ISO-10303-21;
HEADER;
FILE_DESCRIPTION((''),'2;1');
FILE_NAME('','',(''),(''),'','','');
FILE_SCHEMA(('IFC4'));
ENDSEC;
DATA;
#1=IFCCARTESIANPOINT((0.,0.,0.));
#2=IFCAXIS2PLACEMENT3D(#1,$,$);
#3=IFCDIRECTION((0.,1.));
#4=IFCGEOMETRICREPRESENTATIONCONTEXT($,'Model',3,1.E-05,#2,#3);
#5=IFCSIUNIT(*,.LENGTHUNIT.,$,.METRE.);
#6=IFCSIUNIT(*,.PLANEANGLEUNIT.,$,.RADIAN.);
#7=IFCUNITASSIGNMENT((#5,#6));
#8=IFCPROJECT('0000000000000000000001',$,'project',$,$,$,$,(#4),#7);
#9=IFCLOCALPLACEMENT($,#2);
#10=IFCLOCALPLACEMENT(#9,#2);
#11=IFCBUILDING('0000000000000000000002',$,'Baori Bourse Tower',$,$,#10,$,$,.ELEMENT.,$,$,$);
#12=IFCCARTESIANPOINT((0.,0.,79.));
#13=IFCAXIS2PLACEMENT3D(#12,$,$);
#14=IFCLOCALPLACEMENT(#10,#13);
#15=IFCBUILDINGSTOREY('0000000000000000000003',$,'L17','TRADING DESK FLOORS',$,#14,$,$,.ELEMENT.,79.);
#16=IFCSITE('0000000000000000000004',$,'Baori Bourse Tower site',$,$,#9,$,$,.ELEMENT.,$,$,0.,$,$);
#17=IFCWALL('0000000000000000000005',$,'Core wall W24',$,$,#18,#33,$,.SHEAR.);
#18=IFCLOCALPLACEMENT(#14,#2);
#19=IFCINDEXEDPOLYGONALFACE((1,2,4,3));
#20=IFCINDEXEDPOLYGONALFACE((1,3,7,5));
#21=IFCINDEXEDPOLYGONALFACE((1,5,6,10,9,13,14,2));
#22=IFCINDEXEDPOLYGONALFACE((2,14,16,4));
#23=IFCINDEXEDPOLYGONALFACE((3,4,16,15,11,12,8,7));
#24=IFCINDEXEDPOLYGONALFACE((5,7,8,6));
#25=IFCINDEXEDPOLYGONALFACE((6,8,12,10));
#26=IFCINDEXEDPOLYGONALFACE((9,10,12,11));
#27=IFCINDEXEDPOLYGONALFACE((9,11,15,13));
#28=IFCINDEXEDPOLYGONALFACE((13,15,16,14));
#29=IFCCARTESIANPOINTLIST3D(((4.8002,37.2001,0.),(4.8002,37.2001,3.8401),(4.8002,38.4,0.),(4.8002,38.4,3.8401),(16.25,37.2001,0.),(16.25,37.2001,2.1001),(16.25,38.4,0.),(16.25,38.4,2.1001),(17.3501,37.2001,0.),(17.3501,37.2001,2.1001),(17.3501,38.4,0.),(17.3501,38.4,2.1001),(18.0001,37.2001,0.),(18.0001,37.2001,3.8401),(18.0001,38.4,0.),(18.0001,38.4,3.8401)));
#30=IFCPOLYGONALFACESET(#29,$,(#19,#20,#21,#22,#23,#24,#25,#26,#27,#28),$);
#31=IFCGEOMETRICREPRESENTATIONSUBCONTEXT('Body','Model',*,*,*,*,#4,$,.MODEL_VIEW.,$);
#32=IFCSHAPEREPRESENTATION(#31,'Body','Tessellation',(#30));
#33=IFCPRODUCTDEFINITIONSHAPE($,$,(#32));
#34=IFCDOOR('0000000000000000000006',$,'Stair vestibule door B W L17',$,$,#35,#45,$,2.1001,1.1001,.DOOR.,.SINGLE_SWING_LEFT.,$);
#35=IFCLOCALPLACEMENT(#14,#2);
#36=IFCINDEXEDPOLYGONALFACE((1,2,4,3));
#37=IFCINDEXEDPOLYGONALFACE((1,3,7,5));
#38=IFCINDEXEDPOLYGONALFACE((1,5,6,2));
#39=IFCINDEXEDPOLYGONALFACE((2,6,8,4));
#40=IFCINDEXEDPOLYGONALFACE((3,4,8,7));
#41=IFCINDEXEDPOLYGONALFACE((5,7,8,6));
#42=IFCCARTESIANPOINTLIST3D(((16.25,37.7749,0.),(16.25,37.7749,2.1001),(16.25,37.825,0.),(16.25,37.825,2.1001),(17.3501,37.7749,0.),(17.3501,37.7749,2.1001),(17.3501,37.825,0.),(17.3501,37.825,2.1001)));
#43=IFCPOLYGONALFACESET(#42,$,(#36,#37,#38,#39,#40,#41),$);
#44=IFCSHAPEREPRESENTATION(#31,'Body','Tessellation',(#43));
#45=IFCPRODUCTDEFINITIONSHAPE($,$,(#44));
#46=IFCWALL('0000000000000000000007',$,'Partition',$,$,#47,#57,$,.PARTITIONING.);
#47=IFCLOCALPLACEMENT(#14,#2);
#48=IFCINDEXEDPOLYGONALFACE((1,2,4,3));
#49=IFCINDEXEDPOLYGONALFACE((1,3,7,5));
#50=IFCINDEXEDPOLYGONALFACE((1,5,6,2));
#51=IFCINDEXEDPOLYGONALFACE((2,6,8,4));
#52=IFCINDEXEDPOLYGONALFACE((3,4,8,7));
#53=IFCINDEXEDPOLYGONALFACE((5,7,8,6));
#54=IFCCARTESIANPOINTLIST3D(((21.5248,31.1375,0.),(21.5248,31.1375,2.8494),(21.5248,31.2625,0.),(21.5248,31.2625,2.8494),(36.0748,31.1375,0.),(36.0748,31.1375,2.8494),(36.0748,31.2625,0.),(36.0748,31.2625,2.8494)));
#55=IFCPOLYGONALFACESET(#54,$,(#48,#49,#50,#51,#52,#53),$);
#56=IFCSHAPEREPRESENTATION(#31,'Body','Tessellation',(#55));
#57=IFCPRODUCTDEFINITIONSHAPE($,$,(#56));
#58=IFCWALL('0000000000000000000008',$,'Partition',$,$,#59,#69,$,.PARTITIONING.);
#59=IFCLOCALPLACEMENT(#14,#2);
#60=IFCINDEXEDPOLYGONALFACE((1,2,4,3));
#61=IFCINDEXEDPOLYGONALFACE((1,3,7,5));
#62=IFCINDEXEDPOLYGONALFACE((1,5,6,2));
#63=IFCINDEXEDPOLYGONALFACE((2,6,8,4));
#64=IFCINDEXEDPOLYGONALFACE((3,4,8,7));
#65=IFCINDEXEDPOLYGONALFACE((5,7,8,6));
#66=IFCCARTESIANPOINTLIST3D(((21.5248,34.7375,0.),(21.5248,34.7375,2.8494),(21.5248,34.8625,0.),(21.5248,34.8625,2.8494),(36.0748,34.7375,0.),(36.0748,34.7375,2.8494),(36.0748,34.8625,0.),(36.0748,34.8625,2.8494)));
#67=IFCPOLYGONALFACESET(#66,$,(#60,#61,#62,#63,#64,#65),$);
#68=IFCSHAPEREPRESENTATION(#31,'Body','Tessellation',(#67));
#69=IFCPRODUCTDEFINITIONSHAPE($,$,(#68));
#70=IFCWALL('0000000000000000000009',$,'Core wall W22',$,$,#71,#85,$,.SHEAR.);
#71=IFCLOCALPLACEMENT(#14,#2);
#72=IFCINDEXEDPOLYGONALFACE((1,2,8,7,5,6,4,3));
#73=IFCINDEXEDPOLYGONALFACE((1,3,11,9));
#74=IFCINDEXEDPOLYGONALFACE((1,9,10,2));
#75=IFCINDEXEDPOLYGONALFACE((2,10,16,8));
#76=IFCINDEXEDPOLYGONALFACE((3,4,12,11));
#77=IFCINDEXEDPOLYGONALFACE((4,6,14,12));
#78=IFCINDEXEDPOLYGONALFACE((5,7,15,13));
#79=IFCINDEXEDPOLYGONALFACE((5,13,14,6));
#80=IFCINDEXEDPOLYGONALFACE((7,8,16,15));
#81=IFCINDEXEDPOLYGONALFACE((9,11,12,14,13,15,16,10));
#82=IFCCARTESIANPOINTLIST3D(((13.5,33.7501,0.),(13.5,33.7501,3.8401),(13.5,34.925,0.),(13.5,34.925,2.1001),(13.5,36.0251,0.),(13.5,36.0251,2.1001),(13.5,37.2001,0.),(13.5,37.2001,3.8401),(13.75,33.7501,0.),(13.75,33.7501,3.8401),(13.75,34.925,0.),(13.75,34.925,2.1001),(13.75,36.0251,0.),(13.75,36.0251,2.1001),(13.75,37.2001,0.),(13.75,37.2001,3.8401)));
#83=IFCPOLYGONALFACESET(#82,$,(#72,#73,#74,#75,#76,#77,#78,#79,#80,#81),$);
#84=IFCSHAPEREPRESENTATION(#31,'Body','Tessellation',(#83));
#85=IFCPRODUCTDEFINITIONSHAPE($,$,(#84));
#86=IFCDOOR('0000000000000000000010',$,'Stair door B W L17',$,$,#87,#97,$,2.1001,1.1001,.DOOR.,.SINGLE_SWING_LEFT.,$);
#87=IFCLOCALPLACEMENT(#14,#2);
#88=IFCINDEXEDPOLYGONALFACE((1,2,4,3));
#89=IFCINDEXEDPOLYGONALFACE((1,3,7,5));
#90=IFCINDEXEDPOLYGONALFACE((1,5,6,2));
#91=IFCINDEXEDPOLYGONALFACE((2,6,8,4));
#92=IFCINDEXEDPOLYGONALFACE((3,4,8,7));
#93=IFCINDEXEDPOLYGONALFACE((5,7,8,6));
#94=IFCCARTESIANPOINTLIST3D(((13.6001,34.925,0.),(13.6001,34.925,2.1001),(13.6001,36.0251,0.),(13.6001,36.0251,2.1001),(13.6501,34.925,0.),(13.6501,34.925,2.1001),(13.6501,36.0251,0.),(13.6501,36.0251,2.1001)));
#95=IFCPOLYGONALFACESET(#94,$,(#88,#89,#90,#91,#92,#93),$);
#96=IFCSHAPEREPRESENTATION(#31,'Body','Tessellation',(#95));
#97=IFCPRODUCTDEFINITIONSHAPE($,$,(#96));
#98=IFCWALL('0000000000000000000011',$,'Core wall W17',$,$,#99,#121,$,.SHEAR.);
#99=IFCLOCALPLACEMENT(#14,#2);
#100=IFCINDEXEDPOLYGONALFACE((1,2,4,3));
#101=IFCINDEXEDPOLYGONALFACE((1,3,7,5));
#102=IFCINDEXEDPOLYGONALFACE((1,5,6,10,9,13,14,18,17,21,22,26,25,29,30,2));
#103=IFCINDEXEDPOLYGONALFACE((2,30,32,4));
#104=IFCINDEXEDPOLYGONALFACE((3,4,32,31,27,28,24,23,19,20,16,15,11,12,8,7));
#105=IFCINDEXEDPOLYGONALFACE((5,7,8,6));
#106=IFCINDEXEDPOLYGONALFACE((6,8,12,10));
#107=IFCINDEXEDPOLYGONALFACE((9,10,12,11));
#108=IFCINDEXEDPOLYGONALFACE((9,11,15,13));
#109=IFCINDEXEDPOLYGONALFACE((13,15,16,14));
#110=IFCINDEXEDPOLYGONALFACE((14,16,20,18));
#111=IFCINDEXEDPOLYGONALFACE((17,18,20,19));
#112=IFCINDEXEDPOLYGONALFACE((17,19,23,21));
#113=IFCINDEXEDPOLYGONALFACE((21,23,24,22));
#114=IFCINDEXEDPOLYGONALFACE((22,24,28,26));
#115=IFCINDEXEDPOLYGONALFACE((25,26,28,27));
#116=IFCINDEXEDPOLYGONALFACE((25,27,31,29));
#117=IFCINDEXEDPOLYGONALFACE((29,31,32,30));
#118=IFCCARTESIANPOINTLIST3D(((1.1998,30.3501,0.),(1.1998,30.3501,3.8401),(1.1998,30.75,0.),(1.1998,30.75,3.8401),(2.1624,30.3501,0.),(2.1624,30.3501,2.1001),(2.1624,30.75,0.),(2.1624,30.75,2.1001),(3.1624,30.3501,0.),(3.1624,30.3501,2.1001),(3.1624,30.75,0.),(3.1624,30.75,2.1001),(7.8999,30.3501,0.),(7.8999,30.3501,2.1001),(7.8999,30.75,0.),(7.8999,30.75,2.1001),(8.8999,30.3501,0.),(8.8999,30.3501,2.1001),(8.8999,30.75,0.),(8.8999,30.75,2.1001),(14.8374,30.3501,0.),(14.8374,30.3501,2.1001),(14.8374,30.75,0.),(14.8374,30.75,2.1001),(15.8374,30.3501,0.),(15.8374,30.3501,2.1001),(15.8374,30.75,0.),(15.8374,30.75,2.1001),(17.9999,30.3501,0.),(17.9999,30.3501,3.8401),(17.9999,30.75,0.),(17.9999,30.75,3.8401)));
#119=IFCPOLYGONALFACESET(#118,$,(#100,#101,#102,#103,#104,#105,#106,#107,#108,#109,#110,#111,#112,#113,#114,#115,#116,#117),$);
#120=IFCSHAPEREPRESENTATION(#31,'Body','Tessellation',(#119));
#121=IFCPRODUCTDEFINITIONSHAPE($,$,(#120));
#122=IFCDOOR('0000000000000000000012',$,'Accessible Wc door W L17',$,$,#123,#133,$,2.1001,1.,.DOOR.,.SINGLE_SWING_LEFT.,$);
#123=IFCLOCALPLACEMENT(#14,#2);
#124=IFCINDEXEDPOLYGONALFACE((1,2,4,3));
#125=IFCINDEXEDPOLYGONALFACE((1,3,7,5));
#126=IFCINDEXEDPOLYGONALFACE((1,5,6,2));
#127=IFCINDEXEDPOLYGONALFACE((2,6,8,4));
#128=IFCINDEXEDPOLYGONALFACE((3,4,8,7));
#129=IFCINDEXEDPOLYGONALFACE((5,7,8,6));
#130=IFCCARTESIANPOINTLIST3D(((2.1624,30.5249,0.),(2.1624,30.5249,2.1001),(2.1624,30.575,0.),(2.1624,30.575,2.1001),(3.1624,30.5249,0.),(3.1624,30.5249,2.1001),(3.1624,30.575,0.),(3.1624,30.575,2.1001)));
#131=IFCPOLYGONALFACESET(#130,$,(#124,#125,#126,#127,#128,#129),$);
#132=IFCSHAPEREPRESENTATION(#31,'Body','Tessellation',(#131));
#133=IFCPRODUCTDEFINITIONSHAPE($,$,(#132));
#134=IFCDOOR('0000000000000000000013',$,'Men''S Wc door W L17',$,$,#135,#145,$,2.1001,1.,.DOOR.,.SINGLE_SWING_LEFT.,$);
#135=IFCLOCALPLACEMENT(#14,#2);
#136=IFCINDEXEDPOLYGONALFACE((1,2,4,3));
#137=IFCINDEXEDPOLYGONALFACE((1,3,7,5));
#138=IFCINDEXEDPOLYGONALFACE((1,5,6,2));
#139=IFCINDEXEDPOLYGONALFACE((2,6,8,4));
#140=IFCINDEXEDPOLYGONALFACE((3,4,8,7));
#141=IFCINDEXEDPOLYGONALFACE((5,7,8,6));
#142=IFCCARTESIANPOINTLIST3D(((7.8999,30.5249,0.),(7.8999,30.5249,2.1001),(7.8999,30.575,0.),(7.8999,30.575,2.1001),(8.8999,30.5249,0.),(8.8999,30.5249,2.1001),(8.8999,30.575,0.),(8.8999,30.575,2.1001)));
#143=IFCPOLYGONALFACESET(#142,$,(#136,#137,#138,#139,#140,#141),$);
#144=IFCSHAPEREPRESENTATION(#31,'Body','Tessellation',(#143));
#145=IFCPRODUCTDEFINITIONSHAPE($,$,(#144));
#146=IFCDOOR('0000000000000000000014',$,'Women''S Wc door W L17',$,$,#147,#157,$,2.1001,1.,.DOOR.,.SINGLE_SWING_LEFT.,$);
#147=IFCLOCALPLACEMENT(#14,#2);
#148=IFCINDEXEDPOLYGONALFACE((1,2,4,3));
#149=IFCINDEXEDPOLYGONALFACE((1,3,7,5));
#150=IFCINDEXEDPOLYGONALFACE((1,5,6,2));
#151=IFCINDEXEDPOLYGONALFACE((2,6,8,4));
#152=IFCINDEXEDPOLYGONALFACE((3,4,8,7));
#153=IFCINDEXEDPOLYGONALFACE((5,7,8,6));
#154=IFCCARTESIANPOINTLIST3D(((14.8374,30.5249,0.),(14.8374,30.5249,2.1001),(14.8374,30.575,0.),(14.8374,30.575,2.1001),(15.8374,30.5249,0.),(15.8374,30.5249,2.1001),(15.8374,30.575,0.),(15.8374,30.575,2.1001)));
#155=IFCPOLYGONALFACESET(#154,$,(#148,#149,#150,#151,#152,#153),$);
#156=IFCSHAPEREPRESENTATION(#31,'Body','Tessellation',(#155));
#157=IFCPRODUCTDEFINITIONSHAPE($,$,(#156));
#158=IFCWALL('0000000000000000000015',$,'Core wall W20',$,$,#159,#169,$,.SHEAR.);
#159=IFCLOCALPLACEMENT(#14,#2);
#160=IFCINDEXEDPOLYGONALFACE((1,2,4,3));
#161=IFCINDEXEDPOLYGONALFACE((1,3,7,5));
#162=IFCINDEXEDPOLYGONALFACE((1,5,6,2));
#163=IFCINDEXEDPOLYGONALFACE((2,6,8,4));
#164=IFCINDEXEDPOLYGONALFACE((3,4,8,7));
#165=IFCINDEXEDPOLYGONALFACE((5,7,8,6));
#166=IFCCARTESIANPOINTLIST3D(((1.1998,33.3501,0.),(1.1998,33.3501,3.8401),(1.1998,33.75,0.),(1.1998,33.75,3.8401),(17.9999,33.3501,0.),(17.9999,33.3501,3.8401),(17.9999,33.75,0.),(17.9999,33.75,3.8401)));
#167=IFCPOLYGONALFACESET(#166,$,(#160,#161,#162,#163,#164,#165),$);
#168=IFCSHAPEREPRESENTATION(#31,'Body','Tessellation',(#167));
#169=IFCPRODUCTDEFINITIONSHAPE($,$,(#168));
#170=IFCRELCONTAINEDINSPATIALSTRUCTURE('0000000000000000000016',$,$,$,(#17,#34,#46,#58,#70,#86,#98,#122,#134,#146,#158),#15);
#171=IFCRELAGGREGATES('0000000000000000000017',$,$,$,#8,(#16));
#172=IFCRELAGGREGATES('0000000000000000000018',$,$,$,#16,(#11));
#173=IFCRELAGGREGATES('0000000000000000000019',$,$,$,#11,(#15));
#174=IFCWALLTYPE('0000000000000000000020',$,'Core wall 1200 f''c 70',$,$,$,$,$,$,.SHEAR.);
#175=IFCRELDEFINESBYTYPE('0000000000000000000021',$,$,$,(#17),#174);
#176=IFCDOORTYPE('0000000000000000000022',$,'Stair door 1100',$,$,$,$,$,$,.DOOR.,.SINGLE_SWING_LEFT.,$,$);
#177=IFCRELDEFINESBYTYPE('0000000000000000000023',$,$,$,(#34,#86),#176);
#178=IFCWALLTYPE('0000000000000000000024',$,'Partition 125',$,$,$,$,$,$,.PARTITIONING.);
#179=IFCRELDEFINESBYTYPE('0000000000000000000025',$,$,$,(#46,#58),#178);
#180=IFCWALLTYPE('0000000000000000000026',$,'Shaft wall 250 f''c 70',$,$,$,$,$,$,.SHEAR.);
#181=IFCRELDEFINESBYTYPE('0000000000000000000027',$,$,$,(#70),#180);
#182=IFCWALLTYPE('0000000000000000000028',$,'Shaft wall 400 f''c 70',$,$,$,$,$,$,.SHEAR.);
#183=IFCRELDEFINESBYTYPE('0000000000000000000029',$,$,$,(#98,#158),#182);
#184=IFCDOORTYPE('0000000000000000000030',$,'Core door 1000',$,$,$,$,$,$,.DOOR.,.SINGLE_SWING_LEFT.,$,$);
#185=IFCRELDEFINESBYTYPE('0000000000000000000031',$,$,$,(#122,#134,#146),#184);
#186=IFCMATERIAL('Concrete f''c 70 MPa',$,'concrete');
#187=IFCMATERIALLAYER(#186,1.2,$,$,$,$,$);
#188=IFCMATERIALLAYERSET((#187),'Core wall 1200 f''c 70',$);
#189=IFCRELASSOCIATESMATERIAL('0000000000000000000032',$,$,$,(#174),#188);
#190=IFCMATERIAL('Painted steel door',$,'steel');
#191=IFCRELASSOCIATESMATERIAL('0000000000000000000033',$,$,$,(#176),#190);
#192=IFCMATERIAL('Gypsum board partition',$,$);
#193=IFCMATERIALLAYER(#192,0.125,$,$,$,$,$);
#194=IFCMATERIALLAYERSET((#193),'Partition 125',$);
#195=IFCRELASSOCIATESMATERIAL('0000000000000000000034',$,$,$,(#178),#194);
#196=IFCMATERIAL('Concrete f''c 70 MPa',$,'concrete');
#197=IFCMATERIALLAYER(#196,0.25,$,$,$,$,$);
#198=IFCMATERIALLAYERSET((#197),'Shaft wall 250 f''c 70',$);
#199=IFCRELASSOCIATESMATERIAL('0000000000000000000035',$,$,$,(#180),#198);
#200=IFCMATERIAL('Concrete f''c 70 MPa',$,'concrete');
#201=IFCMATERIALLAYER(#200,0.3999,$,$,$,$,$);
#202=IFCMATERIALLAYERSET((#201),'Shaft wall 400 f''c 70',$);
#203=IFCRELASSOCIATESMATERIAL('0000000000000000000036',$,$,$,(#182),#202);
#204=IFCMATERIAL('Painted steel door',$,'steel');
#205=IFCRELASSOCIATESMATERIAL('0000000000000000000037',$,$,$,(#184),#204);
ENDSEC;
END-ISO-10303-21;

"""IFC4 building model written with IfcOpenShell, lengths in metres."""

from ifc_helpers import new_model, si_unit, direction, frame, frame_2d, origin, place, context, subcontext, project, spatial, rectangle, extrude, material, layer, layer_set, type_object, element, fill, save


model = new_model("IFC4")

# Units and contexts
model_context = context("Model", 3, precision=1e-05, world=origin(), true_north=direction((0.0, 1.0)))
body_context = subcontext(model_context, "Body", "Model", "MODEL_VIEW")
ifc_project = project(units=[si_unit("LENGTHUNIT", "METRE"), si_unit("PLANEANGLEUNIT", "RADIAN")], contexts=[model_context])

# Site, building, storey
site_placement = place(None, origin())
site = spatial("IfcSite", under=ifc_project, at=site_placement, Name="Baori Bourse Tower site", CompositionType="ELEMENT", RefElevation=0.0)
building_placement = place(site_placement, origin())
building = spatial("IfcBuilding", under=site, at=building_placement, Name="Baori Bourse Tower", CompositionType="ELEMENT")
storey_placement = place(building_placement, frame((0.0, 0.0, 79.0)))
storey = spatial("IfcBuildingStorey", under=building, at=storey_placement, Name="L17", Description="TRADING DESK FLOORS", CompositionType="ELEMENT", Elevation=79.0)

# Shared definitions
ifc_material_1 = material(Name="Concrete f'c 70 MPa", Category="concrete")
ifc_layer_1 = layer(ifc_material_1, 1.2)
ifc_layer_set_1 = layer_set([ifc_layer_1], Name="Core wall 1200 f'c 70")
wall_type_1 = type_object("IfcWallType", Name="Core wall 1200 f'c 70", PredefinedType="SHEAR", material=ifc_layer_set_1)

# Wall, opening, door
wall_1_placement = place(storey_placement, frame((4.8, 37.8, 0.0), z_axis=(0.0, 0.0, 1.0), x_axis=(1.0, 0.0, 0.0)))
wall_1 = element("IfcWall", 1, at=wall_1_placement, inside=storey, type_object=wall_type_1, Name="Core wall W24", PredefinedType="SHEAR", context=body_context, shape_type="SweptSolid", body=[
    extrude(rectangle(XDim=13.2, YDim=1.2, at=frame_2d((6.6001, 0.0))), origin(), (0.0, 0.0, 1.0), 3.8401),
])
opening_1_placement = place(wall_1_placement, frame((11.45, 0.0, 0.0)))
opening_1 = element("IfcOpeningElement", 2, at=opening_1_placement, cuts=wall_1, PredefinedType="OPENING", context=body_context, shape_type="SweptSolid", body=[
    extrude(rectangle(XDim=1.1001, YDim=2.1001, at=frame_2d((0.55, 1.05))), frame((0.0, 0.6099, 0.0), z_axis=(0.0, -1.0, 0.0), x_axis=(1.0, 0.0, 0.0)), (0.0, 0.0, 1.0), 1.22),
])
ifc_material_2 = material(Name="Painted steel door", Category="steel")
door_type_1 = type_object("IfcDoorType", Name="Stair door 1100", OperationType="SINGLE_SWING_LEFT", PredefinedType="DOOR", material=ifc_material_2)
door_1_placement = place(opening_1_placement, origin())
door_1 = element("IfcDoor", 3, at=door_1_placement, inside=storey, type_object=door_type_1, Name="Stair vestibule door B W L17", OperationType="SINGLE_SWING_LEFT", OverallHeight=2.1001, OverallWidth=1.1001, PredefinedType="DOOR", context=body_context, shape_type="SweptSolid", body=[
    extrude(rectangle(XDim=1.1001, YDim=2.1001, at=frame_2d((0.55, 1.05))), frame((0.0, 0.0249, 0.0), z_axis=(0.0, -1.0, 0.0), x_axis=(1.0, 0.0, 0.0)), (0.0, 0.0, 1.0), 0.05),
])
fill(opening_1, door_1)

# Walls
ifc_material_3 = material(Name="Gypsum board partition")
ifc_layer_2 = layer(ifc_material_3, 0.125)
ifc_layer_set_2 = layer_set([ifc_layer_2], Name="Partition 125")
wall_type_2 = type_object("IfcWallType", Name="Partition 125", PredefinedType="PARTITIONING", material=ifc_layer_set_2)
for number, where, z_axis, x_axis, name in (
    (4, (21.5249, 31.2, 0.0), (0.0, 0.0, 1.0), (1.0, 0.0, 0.0), "Partition"),
    (5, (21.5249, 34.8, 0.0), (0.0, 0.0, 1.0), (1.0, 0.0, 0.0), "Partition"),
):
    element("IfcWall", number, at=place(storey_placement, frame(where, z_axis=z_axis, x_axis=x_axis)), inside=storey, type_object=wall_type_2, Name=name, PredefinedType="PARTITIONING", context=body_context, shape_type="SweptSolid", body=[
        extrude(rectangle(XDim=14.55, YDim=0.125, at=frame_2d((7.2749, 0.0))), origin(), (0.0, 0.0, 1.0), 2.8494),
    ])

# Wall, opening, door
ifc_material_4 = material(Name="Concrete f'c 70 MPa", Category="concrete")
ifc_layer_3 = layer(ifc_material_4, 0.25)
ifc_layer_set_3 = layer_set([ifc_layer_3], Name="Shaft wall 250 f'c 70")
wall_type_3 = type_object("IfcWallType", Name="Shaft wall 250 f'c 70", PredefinedType="SHEAR", material=ifc_layer_set_3)
wall_2_placement = place(storey_placement, frame((13.625, 33.75, 0.0), z_axis=(0.0, 0.0, 1.0), x_axis=(0.0, 1.0, 0.0)))
wall_2 = element("IfcWall", 6, at=wall_2_placement, inside=storey, type_object=wall_type_3, Name="Core wall W22", PredefinedType="SHEAR", context=body_context, shape_type="SweptSolid", body=[
    extrude(rectangle(XDim=3.45, YDim=0.25, at=frame_2d((1.7251, 0.0))), origin(), (0.0, 0.0, 1.0), 3.8401),
])
opening_2_placement = place(wall_2_placement, frame((1.175, 0.0, 0.0)))
opening_2 = element("IfcOpeningElement", 7, at=opening_2_placement, cuts=wall_2, PredefinedType="OPENING", context=body_context, shape_type="SweptSolid", body=[
    extrude(rectangle(XDim=1.1001, YDim=2.1001, at=frame_2d((0.55, 1.05))), frame((0.0, 0.135, 0.0), z_axis=(0.0, -1.0, 0.0), x_axis=(1.0, 0.0, 0.0)), (0.0, 0.0, 1.0), 0.27),
])
door_2_placement = place(opening_2_placement, origin())
door_2 = element("IfcDoor", 8, at=door_2_placement, inside=storey, type_object=door_type_1, Name="Stair door B W L17", OperationType="SINGLE_SWING_LEFT", OverallHeight=2.1001, OverallWidth=1.1001, PredefinedType="DOOR", context=body_context, shape_type="SweptSolid", body=[
    extrude(rectangle(XDim=1.1001, YDim=2.1001, at=frame_2d((0.55, 1.05))), frame((0.0, 0.0249, 0.0), z_axis=(0.0, -1.0, 0.0), x_axis=(1.0, 0.0, 0.0)), (0.0, 0.0, 1.0), 0.05),
])
fill(opening_2, door_2)

# Wall, openings, doors
ifc_material_5 = material(Name="Concrete f'c 70 MPa", Category="concrete")
ifc_layer_4 = layer(ifc_material_5, 0.3999)
ifc_layer_set_4 = layer_set([ifc_layer_4], Name="Shaft wall 400 f'c 70")
wall_type_4 = type_object("IfcWallType", Name="Shaft wall 400 f'c 70", PredefinedType="SHEAR", material=ifc_layer_set_4)
wall_3_placement = place(storey_placement, frame((1.2, 30.55, 0.0), z_axis=(0.0, 0.0, 1.0), x_axis=(1.0, 0.0, 0.0)))
wall_3 = element("IfcWall", 9, at=wall_3_placement, inside=storey, type_object=wall_type_4, Name="Core wall W17", PredefinedType="SHEAR", context=body_context, shape_type="SweptSolid", body=[
    extrude(rectangle(XDim=16.8, YDim=0.3999, at=frame_2d((8.3999, 0.0))), origin(), (0.0, 0.0, 1.0), 3.8401),
])
opening_3_placement = place(wall_3_placement, frame((0.9624, 0.0, 0.0)))
opening_3 = element("IfcOpeningElement", 10, at=opening_3_placement, cuts=wall_3, PredefinedType="OPENING", context=body_context, shape_type="SweptSolid", body=[
    extrude(rectangle(XDim=1.0, YDim=2.1001, at=frame_2d((0.5, 1.05))), frame((0.0, 0.21, 0.0), z_axis=(0.0, -1.0, 0.0), x_axis=(1.0, 0.0, 0.0)), (0.0, 0.0, 1.0), 0.4199),
])
opening_4_placement = place(wall_3_placement, frame((6.7, 0.0, 0.0)))
opening_4 = element("IfcOpeningElement", 11, at=opening_4_placement, cuts=wall_3, PredefinedType="OPENING", context=body_context, shape_type="SweptSolid", body=[
    extrude(rectangle(XDim=1.0, YDim=2.1001, at=frame_2d((0.5, 1.05))), frame((0.0, 0.21, 0.0), z_axis=(0.0, -1.0, 0.0), x_axis=(1.0, 0.0, 0.0)), (0.0, 0.0, 1.0), 0.4199),
])
opening_5_placement = place(wall_3_placement, frame((13.6375, 0.0, 0.0)))
opening_5 = element("IfcOpeningElement", 12, at=opening_5_placement, cuts=wall_3, PredefinedType="OPENING", context=body_context, shape_type="SweptSolid", body=[
    extrude(rectangle(XDim=1.0, YDim=2.1001, at=frame_2d((0.5, 1.05))), frame((0.0, 0.21, 0.0), z_axis=(0.0, -1.0, 0.0), x_axis=(1.0, 0.0, 0.0)), (0.0, 0.0, 1.0), 0.4199),
])
ifc_material_6 = material(Name="Painted steel door", Category="steel")
door_type_2 = type_object("IfcDoorType", Name="Core door 1000", OperationType="SINGLE_SWING_LEFT", PredefinedType="DOOR", material=ifc_material_6)
door_3_placement = place(opening_3_placement, origin())
door_3 = element("IfcDoor", 13, at=door_3_placement, inside=storey, type_object=door_type_2, Name="Accessible Wc door W L17", OperationType="SINGLE_SWING_LEFT", OverallHeight=2.1001, OverallWidth=1.0, PredefinedType="DOOR", context=body_context, shape_type="SweptSolid", body=[
    extrude(rectangle(XDim=1.0, YDim=2.1001, at=frame_2d((0.5, 1.05))), frame((0.0, 0.0249, 0.0), z_axis=(0.0, -1.0, 0.0), x_axis=(1.0, 0.0, 0.0)), (0.0, 0.0, 1.0), 0.05),
])
fill(opening_3, door_3)
door_4_placement = place(opening_4_placement, origin())
door_4 = element("IfcDoor", 14, at=door_4_placement, inside=storey, type_object=door_type_2, Name="Men'S Wc door W L17", OperationType="SINGLE_SWING_LEFT", OverallHeight=2.1001, OverallWidth=1.0, PredefinedType="DOOR", context=body_context, shape_type="SweptSolid", body=[
    extrude(rectangle(XDim=1.0, YDim=2.1001, at=frame_2d((0.5, 1.05))), frame((0.0, 0.0249, 0.0), z_axis=(0.0, -1.0, 0.0), x_axis=(1.0, 0.0, 0.0)), (0.0, 0.0, 1.0), 0.05),
])
fill(opening_4, door_4)
door_5_placement = place(opening_5_placement, origin())
door_5 = element("IfcDoor", 15, at=door_5_placement, inside=storey, type_object=door_type_2, Name="Women'S Wc door W L17", OperationType="SINGLE_SWING_LEFT", OverallHeight=2.1001, OverallWidth=1.0, PredefinedType="DOOR", context=body_context, shape_type="SweptSolid", body=[
    extrude(rectangle(XDim=1.0, YDim=2.1001, at=frame_2d((0.5, 1.05))), frame((0.0, 0.0249, 0.0), z_axis=(0.0, -1.0, 0.0), x_axis=(1.0, 0.0, 0.0)), (0.0, 0.0, 1.0), 0.05),
])
fill(opening_5, door_5)

# Wall
wall_4_placement = place(storey_placement, frame((1.2, 33.55, 0.0), z_axis=(0.0, 0.0, 1.0), x_axis=(1.0, 0.0, 0.0)))
element("IfcWall", 16, at=wall_4_placement, inside=storey, type_object=wall_type_4, Name="Core wall W20", PredefinedType="SHEAR", context=body_context, shape_type="SweptSolid", body=[
    extrude(rectangle(XDim=16.8, YDim=0.3999, at=frame_2d((8.3999, 0.0))), origin(), (0.0, 0.0, 1.0), 3.8401),
])

save(model, "model.ifc")
